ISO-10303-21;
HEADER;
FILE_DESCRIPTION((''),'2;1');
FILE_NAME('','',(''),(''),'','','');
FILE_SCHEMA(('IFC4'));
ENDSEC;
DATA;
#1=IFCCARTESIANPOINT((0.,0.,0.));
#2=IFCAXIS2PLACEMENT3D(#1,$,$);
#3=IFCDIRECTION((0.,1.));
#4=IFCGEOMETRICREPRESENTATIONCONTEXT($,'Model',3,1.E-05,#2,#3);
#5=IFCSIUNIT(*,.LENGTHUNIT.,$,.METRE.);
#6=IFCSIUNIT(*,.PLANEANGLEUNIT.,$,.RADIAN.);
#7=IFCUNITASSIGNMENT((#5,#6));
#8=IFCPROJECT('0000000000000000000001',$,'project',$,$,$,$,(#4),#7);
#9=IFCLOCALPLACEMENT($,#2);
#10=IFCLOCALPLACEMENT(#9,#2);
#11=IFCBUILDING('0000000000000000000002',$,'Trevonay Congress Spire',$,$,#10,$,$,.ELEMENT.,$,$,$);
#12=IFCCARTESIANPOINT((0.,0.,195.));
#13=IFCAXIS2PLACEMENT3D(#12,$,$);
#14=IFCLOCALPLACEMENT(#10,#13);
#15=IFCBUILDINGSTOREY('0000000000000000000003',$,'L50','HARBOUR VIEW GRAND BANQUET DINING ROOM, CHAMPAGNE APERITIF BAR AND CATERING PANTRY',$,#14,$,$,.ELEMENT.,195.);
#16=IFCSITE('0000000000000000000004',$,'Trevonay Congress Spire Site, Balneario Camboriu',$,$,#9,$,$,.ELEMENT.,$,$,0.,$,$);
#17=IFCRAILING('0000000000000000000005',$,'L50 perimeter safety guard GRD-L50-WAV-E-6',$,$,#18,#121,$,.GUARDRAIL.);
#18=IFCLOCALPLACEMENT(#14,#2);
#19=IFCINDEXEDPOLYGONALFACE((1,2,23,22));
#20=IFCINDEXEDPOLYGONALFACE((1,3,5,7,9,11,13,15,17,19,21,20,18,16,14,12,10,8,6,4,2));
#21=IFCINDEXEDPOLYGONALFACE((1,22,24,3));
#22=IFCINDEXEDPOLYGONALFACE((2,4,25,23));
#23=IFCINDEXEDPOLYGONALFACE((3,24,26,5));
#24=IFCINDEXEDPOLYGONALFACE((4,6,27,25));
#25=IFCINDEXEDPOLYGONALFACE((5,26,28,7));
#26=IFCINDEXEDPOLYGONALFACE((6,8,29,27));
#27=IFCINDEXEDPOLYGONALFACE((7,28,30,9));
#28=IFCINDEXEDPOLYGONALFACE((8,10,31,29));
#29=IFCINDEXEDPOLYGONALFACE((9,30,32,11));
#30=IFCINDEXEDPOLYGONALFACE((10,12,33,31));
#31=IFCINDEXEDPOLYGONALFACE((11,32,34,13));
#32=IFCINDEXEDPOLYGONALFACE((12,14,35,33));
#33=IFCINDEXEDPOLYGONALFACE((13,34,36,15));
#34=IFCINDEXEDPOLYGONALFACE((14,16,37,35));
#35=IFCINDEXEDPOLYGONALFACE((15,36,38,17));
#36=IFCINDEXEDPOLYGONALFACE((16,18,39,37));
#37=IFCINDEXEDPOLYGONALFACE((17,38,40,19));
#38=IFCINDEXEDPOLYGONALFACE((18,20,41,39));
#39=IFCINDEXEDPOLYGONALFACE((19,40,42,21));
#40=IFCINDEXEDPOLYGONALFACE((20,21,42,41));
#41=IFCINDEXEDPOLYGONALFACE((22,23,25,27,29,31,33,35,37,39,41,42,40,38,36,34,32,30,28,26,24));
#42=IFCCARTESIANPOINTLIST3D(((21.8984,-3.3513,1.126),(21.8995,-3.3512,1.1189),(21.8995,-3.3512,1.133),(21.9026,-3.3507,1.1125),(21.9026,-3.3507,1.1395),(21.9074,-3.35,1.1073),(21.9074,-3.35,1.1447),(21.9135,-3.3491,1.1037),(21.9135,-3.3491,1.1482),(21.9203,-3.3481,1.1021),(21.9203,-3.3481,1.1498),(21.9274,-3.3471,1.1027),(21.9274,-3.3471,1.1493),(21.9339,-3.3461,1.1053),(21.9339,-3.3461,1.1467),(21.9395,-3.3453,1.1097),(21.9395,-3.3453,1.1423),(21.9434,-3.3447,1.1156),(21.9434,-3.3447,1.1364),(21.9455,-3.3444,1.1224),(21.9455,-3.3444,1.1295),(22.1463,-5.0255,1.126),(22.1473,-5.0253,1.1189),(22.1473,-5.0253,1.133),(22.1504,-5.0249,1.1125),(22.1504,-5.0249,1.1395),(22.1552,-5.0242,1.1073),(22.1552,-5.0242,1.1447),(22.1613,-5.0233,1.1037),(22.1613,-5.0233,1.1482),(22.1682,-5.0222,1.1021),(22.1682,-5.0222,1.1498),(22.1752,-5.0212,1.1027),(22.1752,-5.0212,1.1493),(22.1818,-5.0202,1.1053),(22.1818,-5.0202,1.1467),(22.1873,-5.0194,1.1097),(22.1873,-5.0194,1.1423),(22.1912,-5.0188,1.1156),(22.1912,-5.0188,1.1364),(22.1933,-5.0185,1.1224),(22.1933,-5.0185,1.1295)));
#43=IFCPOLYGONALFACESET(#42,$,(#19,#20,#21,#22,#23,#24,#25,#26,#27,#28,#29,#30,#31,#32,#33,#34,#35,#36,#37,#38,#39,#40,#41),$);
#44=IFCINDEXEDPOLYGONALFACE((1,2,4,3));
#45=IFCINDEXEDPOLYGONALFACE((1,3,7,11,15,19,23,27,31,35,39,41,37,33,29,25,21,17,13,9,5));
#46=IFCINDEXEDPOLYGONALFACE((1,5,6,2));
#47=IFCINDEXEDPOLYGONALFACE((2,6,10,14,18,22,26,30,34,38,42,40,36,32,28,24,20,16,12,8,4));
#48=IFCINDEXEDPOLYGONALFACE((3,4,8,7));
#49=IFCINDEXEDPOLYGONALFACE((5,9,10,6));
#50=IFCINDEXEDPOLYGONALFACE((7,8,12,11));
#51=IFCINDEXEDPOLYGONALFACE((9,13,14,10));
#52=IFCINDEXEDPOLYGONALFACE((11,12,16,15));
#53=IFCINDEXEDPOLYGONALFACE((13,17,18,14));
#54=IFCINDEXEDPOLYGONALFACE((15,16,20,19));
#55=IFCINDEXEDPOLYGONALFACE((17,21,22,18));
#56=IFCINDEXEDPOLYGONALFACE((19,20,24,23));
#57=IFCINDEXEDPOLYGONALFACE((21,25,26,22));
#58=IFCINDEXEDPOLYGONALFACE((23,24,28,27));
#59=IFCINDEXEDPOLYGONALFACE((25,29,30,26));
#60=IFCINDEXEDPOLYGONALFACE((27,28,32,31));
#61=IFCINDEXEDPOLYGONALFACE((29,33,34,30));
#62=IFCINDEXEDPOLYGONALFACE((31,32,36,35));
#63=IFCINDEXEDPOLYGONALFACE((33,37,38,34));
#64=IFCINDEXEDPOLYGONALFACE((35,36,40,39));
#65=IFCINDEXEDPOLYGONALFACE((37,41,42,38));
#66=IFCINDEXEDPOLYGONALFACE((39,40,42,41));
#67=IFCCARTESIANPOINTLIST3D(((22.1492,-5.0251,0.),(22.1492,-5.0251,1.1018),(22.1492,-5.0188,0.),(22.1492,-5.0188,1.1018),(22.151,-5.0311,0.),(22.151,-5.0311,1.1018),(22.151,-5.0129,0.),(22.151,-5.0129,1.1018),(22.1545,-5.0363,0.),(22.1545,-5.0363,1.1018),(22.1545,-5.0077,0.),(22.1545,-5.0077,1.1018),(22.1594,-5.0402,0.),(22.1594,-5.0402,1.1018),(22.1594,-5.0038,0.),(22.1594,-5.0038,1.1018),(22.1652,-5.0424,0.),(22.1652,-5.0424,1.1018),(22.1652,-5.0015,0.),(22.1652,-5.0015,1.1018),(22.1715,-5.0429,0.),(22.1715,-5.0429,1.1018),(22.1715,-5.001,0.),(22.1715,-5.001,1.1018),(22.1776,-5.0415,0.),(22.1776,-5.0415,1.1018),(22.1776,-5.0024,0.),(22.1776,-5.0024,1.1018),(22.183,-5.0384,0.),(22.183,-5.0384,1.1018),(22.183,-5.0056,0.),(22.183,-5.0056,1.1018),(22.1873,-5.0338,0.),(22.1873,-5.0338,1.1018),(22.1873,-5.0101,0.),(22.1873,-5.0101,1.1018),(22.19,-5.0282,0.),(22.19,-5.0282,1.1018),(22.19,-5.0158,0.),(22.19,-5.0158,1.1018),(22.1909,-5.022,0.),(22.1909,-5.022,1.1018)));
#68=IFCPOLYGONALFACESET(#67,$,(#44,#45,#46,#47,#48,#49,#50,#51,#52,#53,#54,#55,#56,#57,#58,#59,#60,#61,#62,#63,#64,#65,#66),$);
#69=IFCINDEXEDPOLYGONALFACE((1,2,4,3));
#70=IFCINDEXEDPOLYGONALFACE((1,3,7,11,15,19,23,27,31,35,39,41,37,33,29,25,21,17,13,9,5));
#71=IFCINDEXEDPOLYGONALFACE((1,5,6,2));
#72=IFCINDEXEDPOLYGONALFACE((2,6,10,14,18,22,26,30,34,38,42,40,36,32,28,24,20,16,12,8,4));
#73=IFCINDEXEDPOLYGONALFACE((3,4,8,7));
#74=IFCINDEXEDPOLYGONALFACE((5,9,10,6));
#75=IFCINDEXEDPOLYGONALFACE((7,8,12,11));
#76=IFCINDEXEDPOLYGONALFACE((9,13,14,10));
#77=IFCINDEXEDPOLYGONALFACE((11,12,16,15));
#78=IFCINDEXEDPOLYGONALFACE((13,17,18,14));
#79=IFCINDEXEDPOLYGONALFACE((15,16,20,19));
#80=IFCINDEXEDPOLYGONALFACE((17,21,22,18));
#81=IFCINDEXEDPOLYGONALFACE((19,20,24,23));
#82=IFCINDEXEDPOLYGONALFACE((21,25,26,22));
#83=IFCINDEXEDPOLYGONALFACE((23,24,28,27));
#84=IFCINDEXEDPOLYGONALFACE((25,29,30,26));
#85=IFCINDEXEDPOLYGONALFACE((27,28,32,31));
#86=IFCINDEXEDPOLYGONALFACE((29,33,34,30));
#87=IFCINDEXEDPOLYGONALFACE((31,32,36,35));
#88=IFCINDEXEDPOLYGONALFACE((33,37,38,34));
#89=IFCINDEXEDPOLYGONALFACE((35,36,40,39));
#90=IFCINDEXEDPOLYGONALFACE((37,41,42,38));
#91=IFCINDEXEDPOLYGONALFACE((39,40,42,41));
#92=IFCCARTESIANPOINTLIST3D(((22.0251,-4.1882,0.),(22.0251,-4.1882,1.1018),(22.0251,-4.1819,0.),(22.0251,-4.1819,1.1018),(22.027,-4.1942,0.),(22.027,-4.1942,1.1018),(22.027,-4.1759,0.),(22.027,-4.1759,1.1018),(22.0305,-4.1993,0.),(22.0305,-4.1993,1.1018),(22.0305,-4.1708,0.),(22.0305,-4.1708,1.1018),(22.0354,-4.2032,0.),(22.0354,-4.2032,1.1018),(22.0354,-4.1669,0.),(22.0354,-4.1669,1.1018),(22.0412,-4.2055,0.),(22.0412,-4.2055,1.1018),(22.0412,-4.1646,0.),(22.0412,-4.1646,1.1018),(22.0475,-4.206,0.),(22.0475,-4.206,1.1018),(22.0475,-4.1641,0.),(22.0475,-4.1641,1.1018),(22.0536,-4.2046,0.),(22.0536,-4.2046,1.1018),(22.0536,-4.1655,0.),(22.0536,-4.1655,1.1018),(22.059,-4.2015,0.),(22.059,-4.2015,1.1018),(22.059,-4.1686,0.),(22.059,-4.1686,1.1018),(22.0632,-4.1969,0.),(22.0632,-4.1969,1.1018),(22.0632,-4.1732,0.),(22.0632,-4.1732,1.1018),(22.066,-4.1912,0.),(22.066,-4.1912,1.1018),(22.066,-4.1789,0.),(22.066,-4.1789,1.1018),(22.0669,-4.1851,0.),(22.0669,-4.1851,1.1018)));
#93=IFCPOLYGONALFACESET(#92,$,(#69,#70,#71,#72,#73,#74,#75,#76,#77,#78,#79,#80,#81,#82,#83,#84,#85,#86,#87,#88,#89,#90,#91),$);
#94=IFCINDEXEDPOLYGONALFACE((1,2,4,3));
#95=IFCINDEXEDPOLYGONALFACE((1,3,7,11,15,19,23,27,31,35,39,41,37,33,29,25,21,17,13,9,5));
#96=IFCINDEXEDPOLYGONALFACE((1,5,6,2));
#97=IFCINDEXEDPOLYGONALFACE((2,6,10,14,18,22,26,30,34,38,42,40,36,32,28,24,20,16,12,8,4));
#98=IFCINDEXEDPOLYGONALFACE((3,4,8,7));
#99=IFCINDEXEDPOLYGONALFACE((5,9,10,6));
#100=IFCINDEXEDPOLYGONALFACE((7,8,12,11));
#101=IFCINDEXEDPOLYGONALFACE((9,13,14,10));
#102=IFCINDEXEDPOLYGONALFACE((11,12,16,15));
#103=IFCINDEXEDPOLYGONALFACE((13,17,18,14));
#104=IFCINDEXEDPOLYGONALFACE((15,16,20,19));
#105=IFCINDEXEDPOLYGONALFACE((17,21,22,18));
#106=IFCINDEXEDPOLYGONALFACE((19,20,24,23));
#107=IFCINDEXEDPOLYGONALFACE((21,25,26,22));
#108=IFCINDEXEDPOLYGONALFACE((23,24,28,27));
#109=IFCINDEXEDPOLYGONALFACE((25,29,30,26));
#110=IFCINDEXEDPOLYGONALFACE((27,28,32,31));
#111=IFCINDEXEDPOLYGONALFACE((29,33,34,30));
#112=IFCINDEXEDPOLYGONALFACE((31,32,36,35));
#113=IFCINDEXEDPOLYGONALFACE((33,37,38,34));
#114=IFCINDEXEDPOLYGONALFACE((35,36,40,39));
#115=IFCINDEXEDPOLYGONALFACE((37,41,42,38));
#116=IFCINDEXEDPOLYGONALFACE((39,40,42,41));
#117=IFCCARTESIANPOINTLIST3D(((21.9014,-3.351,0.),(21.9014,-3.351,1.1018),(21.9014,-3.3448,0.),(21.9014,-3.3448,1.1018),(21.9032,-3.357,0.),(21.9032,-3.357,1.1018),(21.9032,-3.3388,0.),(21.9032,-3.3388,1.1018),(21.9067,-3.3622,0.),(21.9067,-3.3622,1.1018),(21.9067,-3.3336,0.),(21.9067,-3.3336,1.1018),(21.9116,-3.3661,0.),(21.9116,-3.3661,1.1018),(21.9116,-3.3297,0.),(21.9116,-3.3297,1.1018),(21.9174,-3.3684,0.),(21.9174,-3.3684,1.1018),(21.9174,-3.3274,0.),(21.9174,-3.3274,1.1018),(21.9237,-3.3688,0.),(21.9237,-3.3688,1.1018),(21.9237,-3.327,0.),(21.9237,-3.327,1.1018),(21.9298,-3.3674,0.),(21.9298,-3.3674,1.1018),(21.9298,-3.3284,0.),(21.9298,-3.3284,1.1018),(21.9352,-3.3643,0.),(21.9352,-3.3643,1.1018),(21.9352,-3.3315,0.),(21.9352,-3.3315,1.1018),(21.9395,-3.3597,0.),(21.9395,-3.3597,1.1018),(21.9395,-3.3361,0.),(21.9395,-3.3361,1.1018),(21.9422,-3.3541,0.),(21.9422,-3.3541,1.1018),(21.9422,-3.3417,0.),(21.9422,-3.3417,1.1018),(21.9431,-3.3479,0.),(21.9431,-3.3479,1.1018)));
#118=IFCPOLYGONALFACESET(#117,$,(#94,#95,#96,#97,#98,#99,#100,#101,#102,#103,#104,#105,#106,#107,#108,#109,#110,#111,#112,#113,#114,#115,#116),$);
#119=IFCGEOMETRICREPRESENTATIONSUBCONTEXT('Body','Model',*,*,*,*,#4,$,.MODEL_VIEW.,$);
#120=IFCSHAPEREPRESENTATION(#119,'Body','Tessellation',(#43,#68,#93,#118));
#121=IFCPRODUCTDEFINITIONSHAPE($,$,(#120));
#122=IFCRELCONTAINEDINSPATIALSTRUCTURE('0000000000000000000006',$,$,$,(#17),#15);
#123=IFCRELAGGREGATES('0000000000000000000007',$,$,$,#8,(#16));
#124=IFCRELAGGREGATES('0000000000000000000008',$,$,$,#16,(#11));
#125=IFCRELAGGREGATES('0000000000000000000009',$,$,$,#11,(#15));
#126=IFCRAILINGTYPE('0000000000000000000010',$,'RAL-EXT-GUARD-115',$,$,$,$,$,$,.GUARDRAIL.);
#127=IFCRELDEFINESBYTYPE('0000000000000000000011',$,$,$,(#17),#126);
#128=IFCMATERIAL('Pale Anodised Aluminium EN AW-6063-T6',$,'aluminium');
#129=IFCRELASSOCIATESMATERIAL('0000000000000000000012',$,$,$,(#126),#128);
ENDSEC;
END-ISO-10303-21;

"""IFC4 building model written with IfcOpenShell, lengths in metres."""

from ifc_helpers import new_model, si_unit, direction, frame, origin, origin_2d, place, context, subcontext, project, spatial, circle, extrude, material, type_object, element, save


model = new_model("IFC4")

# Units and contexts
model_context = context("Model", 3, precision=1e-05, world=origin(), true_north=direction((0.0, 1.0)))
body_context = subcontext(model_context, "Body", "Model", "MODEL_VIEW")
ifc_project = project(units=[si_unit("LENGTHUNIT", "METRE"), si_unit("PLANEANGLEUNIT", "RADIAN")], contexts=[model_context])

# Site, building, storey
site_placement = place(None, origin())
site = spatial("IfcSite", under=ifc_project, at=site_placement, Name="Trevonay Congress Spire Site, Balneario Camboriu", CompositionType="ELEMENT", RefElevation=0.0)
building_placement = place(site_placement, origin())
building = spatial("IfcBuilding", under=site, at=building_placement, Name="Trevonay Congress Spire", CompositionType="ELEMENT")
storey_placement = place(building_placement, frame((0.0, 0.0, 195.0)))
storey = spatial("IfcBuildingStorey", under=building, at=storey_placement, Name="L50", Description="HARBOUR VIEW GRAND BANQUET DINING ROOM, CHAMPAGNE APERITIF BAR AND CATERING PANTRY", CompositionType="ELEMENT", Elevation=195.0)

# Shared definitions
ifc_material_1 = material(Name="Pale Anodised Aluminium EN AW-6063-T6", Category="aluminium")

# Railing
railing_type = type_object("IfcRailingType", Name="RAL-EXT-GUARD-115", PredefinedType="GUARDRAIL", material=ifc_material_1)
railing_1_placement = place(storey_placement, frame((22.1699, -5.022, 0.0)))
element("IfcRailing", 1, at=railing_1_placement, inside=storey, type_object=railing_type, Name="L50 perimeter safety guard GRD-L50-WAV-E-6", PredefinedType="GUARDRAIL", context=body_context, shape_type="SweptSolid", body=[
    extrude(circle(Radius=0.0239, at=origin_2d()), frame((0.0, 0.0, 1.126), z_axis=(-0.146428, 0.989221, 0.0), x_axis=(-0.989221, -0.146428, 0.0)), (0.0, 0.0, 1.0), 1.6924),
    extrude(circle(Radius=0.021, at=origin_2d()), origin(), (0.0, 0.0, 1.0), 1.1018),
    extrude(circle(Radius=0.021, at=origin_2d()), frame((-0.124, 0.8369, 0.0)), (0.0, 0.0, 1.0), 1.1018),
    extrude(circle(Radius=0.021, at=origin_2d()), frame((-0.2478, 1.6741, 0.0)), (0.0, 0.0, 1.0), 1.1018),
])

save(model, "model.ifc")
